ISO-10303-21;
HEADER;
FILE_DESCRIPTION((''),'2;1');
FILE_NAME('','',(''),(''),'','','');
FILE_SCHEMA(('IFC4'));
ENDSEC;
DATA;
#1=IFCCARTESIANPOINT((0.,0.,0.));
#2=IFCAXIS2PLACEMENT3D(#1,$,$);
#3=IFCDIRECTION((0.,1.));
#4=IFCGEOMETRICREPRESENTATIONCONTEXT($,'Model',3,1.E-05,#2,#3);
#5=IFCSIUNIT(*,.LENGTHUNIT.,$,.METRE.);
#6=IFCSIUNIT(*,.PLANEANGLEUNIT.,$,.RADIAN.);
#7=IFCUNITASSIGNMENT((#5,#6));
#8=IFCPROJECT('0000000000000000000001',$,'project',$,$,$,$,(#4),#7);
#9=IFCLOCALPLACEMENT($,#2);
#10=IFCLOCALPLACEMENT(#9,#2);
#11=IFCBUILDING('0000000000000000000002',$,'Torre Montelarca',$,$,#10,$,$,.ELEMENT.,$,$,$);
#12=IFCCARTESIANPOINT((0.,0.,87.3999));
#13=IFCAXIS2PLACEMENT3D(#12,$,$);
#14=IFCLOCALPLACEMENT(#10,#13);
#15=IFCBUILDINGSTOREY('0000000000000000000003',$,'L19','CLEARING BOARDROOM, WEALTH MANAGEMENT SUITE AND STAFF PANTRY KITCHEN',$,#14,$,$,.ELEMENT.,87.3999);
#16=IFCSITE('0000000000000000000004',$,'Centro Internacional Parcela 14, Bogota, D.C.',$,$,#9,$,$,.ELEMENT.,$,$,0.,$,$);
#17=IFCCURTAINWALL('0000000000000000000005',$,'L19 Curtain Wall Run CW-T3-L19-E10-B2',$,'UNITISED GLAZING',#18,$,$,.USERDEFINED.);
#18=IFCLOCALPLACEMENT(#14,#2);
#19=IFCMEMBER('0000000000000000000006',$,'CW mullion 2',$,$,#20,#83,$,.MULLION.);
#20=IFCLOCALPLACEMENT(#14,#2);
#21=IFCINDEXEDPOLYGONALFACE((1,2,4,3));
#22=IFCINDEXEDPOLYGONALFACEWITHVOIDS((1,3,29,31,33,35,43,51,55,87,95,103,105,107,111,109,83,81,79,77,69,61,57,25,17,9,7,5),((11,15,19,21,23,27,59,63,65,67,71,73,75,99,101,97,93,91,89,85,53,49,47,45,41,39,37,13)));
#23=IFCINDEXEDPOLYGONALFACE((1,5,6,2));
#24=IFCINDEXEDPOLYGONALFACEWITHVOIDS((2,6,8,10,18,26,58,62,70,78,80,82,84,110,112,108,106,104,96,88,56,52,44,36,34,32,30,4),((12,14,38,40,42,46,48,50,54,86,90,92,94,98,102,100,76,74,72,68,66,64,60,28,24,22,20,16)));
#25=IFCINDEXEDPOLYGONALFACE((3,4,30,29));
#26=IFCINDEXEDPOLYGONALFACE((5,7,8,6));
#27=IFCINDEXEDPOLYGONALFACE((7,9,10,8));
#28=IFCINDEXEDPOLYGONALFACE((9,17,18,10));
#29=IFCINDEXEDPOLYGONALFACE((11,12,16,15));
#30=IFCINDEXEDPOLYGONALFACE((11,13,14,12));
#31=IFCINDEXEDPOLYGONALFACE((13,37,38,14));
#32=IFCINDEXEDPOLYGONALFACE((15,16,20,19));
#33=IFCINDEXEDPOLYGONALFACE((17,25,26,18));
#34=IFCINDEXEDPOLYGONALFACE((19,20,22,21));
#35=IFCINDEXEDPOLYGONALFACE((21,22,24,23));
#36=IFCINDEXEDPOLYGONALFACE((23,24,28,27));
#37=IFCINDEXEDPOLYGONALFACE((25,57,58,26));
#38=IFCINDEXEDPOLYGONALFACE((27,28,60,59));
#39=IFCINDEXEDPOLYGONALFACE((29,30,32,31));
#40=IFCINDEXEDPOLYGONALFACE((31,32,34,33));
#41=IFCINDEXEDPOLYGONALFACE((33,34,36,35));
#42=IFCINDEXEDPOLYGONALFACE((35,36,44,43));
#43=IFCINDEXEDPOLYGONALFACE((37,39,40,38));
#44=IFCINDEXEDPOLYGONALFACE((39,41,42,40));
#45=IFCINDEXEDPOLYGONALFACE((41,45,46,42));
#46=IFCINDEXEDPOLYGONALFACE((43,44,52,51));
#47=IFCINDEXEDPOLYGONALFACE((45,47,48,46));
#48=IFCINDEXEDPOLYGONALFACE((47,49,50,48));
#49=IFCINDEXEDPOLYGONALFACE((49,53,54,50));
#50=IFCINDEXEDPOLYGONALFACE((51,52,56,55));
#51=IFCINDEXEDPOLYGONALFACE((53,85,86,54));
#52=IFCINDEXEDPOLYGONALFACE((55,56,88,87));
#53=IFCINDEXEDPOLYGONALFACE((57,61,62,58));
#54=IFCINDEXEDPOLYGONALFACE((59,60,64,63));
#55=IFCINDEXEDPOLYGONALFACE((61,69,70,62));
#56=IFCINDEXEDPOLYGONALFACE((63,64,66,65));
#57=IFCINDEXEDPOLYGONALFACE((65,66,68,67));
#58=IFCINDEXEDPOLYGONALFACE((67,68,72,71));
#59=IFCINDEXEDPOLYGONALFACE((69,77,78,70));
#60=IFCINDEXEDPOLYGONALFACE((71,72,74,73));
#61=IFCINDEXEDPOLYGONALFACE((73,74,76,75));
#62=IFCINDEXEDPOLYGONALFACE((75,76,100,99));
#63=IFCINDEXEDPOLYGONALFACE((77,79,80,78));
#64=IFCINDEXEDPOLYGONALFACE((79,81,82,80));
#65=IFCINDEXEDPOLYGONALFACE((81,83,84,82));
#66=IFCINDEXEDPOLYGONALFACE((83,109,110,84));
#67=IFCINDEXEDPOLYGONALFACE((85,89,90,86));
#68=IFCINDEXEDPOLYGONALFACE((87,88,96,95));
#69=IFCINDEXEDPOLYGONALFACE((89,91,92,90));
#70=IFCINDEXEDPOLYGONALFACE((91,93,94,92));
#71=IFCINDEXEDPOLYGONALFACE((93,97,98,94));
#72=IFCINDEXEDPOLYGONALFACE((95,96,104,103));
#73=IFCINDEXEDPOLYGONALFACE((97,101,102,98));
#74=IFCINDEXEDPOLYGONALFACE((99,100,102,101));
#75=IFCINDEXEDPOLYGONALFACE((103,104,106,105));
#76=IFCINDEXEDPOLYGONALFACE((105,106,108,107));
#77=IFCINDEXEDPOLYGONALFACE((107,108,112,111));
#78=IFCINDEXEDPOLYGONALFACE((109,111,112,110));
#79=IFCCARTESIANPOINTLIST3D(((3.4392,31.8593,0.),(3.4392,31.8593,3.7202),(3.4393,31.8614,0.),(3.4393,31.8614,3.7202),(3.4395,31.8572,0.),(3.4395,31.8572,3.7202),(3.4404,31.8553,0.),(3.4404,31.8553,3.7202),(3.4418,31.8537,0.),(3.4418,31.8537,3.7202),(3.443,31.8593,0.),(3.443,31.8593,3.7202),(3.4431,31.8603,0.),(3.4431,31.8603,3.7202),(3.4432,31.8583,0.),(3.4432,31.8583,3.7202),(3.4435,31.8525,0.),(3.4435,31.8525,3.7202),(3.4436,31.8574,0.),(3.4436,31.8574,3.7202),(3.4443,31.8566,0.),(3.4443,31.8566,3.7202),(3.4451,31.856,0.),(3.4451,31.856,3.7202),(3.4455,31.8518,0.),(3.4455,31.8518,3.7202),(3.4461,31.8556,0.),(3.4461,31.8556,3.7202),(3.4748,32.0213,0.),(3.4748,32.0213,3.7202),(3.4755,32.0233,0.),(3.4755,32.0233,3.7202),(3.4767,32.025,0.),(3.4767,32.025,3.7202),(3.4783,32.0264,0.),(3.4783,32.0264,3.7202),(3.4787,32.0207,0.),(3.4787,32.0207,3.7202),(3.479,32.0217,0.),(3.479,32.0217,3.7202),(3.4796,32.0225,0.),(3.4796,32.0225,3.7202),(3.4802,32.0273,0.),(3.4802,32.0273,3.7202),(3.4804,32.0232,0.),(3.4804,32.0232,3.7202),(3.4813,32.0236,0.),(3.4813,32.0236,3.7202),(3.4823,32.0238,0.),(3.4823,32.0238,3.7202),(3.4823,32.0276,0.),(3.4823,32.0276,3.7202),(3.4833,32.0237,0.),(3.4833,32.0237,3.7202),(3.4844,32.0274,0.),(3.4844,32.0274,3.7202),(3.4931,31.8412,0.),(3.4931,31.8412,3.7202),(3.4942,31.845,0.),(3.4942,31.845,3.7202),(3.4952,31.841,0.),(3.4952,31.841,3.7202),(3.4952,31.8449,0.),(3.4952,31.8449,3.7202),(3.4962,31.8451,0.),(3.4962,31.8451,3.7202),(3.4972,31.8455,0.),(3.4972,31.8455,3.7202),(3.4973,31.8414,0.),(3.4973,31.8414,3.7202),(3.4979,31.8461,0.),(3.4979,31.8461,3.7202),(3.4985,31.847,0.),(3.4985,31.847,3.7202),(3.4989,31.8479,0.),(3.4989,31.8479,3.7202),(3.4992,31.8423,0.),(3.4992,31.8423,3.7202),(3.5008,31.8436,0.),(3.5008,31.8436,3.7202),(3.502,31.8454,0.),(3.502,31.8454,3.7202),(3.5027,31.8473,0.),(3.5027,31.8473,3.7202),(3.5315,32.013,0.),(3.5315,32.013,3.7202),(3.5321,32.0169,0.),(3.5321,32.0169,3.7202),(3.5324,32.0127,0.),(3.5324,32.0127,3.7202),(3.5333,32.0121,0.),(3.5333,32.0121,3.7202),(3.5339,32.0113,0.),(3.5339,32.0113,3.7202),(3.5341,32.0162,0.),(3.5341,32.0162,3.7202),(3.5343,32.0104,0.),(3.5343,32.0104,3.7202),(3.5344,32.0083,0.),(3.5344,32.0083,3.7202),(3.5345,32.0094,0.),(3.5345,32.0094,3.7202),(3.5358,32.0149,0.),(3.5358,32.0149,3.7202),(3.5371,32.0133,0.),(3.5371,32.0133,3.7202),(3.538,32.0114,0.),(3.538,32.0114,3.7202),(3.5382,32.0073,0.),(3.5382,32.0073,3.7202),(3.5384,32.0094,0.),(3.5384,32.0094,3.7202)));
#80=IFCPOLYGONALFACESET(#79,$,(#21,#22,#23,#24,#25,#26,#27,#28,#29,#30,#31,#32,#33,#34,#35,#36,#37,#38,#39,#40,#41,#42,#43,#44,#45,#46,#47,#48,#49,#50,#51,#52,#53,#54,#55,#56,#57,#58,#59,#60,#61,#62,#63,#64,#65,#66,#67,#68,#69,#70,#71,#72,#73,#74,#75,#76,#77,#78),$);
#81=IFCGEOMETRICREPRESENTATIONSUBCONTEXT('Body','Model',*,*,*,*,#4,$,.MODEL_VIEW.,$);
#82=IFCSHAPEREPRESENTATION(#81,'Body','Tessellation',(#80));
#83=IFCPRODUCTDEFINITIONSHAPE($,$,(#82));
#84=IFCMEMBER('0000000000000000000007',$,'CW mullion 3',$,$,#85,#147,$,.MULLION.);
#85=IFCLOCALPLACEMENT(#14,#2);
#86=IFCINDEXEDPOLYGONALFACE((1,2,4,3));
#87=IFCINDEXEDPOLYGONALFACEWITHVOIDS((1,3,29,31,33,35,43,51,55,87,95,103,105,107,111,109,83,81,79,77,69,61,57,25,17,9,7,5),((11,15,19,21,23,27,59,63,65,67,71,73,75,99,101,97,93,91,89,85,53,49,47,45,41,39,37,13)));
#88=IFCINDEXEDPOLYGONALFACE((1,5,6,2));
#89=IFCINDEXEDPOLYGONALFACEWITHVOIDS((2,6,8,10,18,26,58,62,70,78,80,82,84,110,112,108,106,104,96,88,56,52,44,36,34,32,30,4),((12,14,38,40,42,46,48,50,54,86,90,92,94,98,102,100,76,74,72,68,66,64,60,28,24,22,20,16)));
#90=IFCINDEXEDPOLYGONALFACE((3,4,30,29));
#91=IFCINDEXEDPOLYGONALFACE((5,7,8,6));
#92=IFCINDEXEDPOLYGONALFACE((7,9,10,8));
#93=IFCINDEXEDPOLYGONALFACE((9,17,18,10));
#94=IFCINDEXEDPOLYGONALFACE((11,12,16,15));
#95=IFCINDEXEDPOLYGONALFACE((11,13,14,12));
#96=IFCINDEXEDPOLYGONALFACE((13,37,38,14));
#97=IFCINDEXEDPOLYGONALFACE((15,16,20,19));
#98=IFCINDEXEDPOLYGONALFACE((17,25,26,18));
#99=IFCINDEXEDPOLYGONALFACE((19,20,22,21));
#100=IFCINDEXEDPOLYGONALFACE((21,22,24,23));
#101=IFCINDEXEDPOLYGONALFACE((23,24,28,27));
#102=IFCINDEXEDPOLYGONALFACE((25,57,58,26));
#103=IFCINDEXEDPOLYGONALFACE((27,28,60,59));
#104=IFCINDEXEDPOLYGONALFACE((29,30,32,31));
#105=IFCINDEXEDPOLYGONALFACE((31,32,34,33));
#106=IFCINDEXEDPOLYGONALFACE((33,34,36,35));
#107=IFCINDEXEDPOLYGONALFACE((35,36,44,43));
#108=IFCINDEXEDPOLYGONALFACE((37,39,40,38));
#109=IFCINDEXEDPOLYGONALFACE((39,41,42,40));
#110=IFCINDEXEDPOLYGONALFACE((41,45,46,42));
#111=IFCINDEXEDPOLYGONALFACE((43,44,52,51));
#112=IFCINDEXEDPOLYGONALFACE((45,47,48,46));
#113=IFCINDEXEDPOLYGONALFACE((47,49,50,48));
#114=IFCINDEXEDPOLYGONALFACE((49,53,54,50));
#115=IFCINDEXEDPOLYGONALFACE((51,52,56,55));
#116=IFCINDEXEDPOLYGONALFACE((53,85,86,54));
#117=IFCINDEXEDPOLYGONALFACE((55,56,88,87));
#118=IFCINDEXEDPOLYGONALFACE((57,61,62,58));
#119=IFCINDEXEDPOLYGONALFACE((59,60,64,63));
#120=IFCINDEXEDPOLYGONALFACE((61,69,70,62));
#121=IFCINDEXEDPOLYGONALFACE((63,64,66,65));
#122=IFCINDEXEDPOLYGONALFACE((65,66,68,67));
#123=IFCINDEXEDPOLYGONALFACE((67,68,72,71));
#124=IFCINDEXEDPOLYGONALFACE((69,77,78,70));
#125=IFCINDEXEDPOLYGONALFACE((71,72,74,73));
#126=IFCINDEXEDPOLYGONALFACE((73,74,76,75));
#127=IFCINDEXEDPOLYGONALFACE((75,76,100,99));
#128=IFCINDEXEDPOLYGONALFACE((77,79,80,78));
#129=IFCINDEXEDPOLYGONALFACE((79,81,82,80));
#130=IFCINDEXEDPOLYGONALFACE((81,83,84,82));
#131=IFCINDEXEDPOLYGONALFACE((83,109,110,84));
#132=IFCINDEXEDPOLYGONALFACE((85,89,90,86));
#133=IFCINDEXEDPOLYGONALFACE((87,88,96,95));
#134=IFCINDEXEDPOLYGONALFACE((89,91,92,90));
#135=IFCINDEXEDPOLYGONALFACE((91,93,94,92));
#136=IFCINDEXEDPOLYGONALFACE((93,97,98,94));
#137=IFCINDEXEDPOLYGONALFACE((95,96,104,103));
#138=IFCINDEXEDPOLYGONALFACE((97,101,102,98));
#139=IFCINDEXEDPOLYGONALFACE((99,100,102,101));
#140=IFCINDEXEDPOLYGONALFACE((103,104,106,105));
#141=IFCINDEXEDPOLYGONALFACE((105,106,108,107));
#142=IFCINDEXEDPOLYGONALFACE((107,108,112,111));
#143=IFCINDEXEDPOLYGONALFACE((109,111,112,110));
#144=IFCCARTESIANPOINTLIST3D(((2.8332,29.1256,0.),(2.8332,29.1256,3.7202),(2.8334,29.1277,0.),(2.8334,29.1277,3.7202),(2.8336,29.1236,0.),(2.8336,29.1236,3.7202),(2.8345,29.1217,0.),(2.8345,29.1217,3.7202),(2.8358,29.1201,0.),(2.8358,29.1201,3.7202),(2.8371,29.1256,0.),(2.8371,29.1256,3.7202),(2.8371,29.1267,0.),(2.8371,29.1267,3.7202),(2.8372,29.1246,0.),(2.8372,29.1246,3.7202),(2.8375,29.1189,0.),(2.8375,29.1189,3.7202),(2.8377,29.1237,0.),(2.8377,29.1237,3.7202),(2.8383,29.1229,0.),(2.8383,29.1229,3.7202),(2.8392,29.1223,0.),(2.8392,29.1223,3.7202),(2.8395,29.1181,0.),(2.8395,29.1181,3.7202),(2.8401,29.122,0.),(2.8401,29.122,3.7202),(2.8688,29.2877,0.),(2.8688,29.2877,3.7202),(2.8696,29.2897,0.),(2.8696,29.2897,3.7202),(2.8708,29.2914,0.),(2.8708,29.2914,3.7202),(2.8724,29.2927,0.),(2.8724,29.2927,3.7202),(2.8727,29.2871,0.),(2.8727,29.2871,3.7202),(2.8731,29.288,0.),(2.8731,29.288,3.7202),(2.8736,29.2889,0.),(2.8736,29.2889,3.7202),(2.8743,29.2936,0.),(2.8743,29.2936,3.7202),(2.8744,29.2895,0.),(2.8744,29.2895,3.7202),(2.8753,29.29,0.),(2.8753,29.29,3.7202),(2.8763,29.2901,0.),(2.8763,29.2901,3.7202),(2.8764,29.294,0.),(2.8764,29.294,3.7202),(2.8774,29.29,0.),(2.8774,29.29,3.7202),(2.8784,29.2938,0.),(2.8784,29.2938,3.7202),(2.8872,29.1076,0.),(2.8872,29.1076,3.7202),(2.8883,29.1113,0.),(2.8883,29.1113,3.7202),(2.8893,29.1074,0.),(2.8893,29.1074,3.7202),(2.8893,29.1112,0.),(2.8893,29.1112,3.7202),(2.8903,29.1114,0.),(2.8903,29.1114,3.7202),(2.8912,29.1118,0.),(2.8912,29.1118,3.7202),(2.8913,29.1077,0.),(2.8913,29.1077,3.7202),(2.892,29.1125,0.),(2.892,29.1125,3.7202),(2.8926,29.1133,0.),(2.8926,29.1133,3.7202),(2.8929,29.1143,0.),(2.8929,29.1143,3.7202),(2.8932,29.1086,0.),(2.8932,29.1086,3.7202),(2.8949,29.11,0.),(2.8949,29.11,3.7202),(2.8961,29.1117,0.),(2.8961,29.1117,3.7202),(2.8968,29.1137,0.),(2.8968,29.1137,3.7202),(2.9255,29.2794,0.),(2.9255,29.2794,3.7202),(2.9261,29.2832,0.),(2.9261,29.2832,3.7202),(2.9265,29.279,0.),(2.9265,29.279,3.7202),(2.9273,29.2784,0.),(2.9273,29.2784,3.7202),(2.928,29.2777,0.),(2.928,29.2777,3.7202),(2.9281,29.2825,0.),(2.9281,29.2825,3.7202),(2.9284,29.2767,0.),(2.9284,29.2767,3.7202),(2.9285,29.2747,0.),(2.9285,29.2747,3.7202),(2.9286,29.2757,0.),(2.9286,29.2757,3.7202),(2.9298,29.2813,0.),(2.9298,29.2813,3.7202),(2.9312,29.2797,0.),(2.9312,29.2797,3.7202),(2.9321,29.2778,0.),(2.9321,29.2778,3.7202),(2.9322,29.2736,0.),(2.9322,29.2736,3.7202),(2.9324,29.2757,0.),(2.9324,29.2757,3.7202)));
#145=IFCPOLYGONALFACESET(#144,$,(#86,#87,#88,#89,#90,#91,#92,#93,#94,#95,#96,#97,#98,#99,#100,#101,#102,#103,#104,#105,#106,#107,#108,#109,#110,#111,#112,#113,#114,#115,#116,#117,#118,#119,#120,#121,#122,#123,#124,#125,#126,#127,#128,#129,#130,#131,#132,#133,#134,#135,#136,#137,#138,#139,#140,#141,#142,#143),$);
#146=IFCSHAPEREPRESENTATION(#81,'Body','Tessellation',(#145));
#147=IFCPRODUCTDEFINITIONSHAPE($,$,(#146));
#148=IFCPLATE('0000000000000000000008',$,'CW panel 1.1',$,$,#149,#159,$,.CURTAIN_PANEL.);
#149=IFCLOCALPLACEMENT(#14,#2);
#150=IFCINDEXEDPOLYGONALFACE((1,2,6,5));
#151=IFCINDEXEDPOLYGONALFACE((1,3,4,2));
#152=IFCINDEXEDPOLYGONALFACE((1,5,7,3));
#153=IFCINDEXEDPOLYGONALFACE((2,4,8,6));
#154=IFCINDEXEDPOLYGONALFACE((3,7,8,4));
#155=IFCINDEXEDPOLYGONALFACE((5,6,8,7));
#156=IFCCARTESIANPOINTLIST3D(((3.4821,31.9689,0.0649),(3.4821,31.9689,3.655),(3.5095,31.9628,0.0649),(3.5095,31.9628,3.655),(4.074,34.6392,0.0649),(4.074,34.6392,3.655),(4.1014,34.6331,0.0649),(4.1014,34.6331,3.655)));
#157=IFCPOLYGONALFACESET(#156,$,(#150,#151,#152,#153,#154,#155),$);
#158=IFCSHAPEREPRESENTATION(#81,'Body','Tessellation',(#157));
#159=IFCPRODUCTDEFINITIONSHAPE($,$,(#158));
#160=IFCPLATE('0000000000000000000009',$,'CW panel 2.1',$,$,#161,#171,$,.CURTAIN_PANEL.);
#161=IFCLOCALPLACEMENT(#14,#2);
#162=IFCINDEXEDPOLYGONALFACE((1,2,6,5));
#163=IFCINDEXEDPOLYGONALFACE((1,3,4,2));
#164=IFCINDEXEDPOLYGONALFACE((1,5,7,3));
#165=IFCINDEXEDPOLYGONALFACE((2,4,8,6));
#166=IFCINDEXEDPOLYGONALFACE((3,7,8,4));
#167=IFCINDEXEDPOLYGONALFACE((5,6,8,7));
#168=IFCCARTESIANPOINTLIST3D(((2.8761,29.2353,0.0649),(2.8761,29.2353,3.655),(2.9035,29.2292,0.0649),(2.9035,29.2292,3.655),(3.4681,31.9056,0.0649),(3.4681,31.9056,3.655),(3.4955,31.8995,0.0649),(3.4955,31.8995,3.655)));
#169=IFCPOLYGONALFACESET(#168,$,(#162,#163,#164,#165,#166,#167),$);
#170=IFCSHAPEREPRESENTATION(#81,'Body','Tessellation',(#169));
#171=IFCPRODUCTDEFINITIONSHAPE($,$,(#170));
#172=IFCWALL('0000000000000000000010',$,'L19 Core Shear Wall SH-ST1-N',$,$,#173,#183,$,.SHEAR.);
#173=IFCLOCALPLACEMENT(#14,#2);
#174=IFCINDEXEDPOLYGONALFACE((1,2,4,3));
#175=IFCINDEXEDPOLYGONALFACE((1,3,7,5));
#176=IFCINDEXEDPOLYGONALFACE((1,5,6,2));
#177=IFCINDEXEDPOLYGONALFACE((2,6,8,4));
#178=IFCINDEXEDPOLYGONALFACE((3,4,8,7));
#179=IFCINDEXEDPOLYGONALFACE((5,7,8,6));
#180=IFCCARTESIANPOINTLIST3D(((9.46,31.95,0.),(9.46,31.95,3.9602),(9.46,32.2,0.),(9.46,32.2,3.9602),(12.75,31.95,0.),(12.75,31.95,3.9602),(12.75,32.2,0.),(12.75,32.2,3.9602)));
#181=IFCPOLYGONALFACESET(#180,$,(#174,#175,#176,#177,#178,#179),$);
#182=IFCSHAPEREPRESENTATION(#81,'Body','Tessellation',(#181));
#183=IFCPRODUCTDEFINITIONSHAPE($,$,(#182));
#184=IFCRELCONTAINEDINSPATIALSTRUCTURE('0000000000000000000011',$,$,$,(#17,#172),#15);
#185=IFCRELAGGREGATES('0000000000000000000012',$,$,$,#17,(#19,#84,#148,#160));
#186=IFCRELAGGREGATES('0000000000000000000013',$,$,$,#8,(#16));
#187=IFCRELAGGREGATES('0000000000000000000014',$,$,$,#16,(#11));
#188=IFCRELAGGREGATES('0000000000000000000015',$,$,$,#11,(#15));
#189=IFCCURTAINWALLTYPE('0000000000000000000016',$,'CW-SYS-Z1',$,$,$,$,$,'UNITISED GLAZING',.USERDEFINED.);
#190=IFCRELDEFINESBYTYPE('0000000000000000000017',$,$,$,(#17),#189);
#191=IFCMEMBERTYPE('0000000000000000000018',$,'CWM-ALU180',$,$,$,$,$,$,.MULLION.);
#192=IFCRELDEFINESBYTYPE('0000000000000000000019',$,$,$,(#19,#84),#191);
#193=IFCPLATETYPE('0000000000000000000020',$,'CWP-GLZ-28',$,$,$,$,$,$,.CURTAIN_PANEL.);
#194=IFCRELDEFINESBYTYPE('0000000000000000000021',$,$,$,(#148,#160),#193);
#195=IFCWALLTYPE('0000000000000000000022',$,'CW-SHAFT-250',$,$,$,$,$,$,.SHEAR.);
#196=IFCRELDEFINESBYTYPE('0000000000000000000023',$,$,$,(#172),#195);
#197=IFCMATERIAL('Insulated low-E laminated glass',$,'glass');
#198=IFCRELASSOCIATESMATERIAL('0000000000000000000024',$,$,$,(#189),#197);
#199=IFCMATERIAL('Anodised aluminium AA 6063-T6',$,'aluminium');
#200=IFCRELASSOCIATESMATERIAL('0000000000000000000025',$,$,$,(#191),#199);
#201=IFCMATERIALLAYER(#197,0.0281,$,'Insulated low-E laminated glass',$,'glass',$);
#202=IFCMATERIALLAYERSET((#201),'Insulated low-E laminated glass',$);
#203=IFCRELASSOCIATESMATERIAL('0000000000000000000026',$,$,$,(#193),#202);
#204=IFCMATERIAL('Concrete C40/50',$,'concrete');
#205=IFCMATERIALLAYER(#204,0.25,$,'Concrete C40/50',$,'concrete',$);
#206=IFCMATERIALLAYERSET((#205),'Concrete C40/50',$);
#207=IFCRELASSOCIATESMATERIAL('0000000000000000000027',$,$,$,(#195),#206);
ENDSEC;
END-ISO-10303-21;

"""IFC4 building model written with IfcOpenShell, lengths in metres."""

from ifc_helpers import new_model, si_unit, direction, frame, frame_2d, origin, origin_2d, place, context, subcontext, project, spatial, rectangle, hollow_rectangle, extrude, source, transform, mapped, material, layer, layer_set, material_profile, profile_set, type_object, element, aggregate, save


model = new_model("IFC4")

# Units and contexts
model_context = context("Model", 3, precision=1e-05, world=origin(), true_north=direction((0.0, 1.0)))
body_context = subcontext(model_context, "Body", "Model", "MODEL_VIEW")
ifc_project = project(units=[si_unit("LENGTHUNIT", "METRE"), si_unit("PLANEANGLEUNIT", "RADIAN")], contexts=[model_context])

# Site, building, storey
site_placement = place(None, origin())
site = spatial("IfcSite", under=ifc_project, at=site_placement, Name="Centro Internacional Parcela 14, Bogota, D.C.", CompositionType="ELEMENT", RefElevation=0.0)
building_placement = place(site_placement, origin())
building = spatial("IfcBuilding", under=site, at=building_placement, Name="Torre Montelarca", CompositionType="ELEMENT")
storey_placement = place(building_placement, frame((0.0, 0.0, 87.3999)))
storey = spatial("IfcBuildingStorey", under=building, at=storey_placement, Name="L19", Description="CLEARING BOARDROOM, WEALTH MANAGEMENT SUITE AND STAFF PANTRY KITCHEN", CompositionType="ELEMENT", Elevation=87.3999)

# Curtain wall, members, plates
ifc_material_1 = material(Name="Insulated low-E laminated glass", Category="glass")
curtain_wall_type = type_object("IfcCurtainWallType", Name="CW-SYS-Z1", ElementType="UNITISED GLAZING", PredefinedType="USERDEFINED", material=ifc_material_1)
curtain_wall_placement = place(storey_placement, origin())
curtain_wall = element("IfcCurtainWall", 1, at=curtain_wall_placement, inside=storey, type_object=curtain_wall_type, Name="L19 Curtain Wall Run CW-T3-L19-E10-B2", ObjectType="UNITISED GLAZING", PredefinedType="USERDEFINED")
ifc_material_2 = material(Name="Anodised aluminium AA 6063-T6", Category="aluminium")
ifc_material_profile_1 = material_profile(ifc_material_2, hollow_rectangle(XDim=0.0649, YDim=0.1799, WallThickness=0.0039, InnerFilletRadius=0.0039, OuterFilletRadius=0.0081, at=origin_2d()), Name="ALU65X180X4", Category="aluminium")
ifc_profile_set_1 = profile_set([ifc_material_profile_1], Name="Anodised aluminium AA 6063-T6")
member_type_1 = type_object("IfcMemberType", Name="CWM-ALU180", PredefinedType="MULLION", material=ifc_profile_set_1)
shared_shape_1 = source(origin(), body_context, "Body", "SweptSolid", [
    extrude(hollow_rectangle(XDim=0.0649, YDim=0.1799, WallThickness=0.0039, InnerFilletRadius=0.0039, OuterFilletRadius=0.0081, at=origin_2d()), origin(), (0.0, 0.0, 1.0), 3.7202),
])
member_1_placement = place(storey_placement, frame((3.4888, 31.9343, 0.0), z_axis=(0.0, 0.0, 1.0), x_axis=(0.976297, -0.216435, 0.0)))
member_1 = element("IfcMember", 2, at=member_1_placement, type_object=member_type_1, Name="CW mullion 2", PredefinedType="MULLION", context=body_context, shape_type="MappedRepresentation", body=[
    mapped(shared_shape_1, transform((0.0, 0.0, 0.0), scale=1.0)),
])
member_2_placement = place(storey_placement, frame((2.8828, 29.2007, 0.0), z_axis=(0.0, 0.0, 1.0), x_axis=(0.976297, -0.216435, 0.0)))
member_2 = element("IfcMember", 3, at=member_2_placement, type_object=member_type_1, Name="CW mullion 3", PredefinedType="MULLION", context=body_context, shape_type="MappedRepresentation", body=[
    mapped(shared_shape_1, transform((0.0, 0.0, 0.0), scale=1.0)),
])
ifc_layer_1 = layer(ifc_material_1, 0.0281, Name="Insulated low-E laminated glass", Category="glass")
ifc_layer_set_1 = layer_set([ifc_layer_1], Name="Insulated low-E laminated glass")
plate_type = type_object("IfcPlateType", Name="CWP-GLZ-28", PredefinedType="CURTAIN_PANEL", material=ifc_layer_set_1)
shared_shape_2 = source(origin(), body_context, "Body", "SweptSolid", [
    extrude(rectangle(XDim=2.7351, YDim=0.0281, at=origin_2d()), origin(), (0.0, 0.0, 1.0), 3.5901),
])
plate_1_placement = place(storey_placement, frame((3.7917, 33.301, 0.0649), z_axis=(0.0, 0.0, 1.0), x_axis=(-0.216435, -0.976297, 0.0)))
plate_1 = element("IfcPlate", 4, at=plate_1_placement, type_object=plate_type, Name="CW panel 1.1", PredefinedType="CURTAIN_PANEL", context=body_context, shape_type="MappedRepresentation", body=[
    mapped(shared_shape_2, transform((0.0, 0.0, 0.0), scale=1.0)),
])
plate_2_placement = place(storey_placement, frame((3.1858, 30.5674, 0.0649), z_axis=(0.0, 0.0, 1.0), x_axis=(-0.216435, -0.976297, 0.0)))
plate_2 = element("IfcPlate", 5, at=plate_2_placement, type_object=plate_type, Name="CW panel 2.1", PredefinedType="CURTAIN_PANEL", context=body_context, shape_type="MappedRepresentation", body=[
    mapped(shared_shape_2, transform((0.0, 0.0, 0.0), scale=1.0)),
])
aggregate(curtain_wall, [member_1, member_2, plate_1, plate_2])

# Wall
ifc_material_3 = material(Name="Concrete C40/50", Category="concrete")
ifc_layer_2 = layer(ifc_material_3, 0.25, Name="Concrete C40/50", Category="concrete")
ifc_layer_set_2 = layer_set([ifc_layer_2], Name="Concrete C40/50")
wall_type_1 = type_object("IfcWallType", Name="CW-SHAFT-250", PredefinedType="SHEAR", material=ifc_layer_set_2)
wall_1_placement = place(storey_placement, frame((9.46, 32.075, 0.0), z_axis=(0.0, 0.0, 1.0), x_axis=(1.0, 0.0, 0.0)))
element("IfcWall", 6, at=wall_1_placement, inside=storey, type_object=wall_type_1, Name="L19 Core Shear Wall SH-ST1-N", PredefinedType="SHEAR", context=body_context, shape_type="SweptSolid", body=[
    extrude(rectangle(XDim=3.29, YDim=0.25, at=frame_2d((1.645, 0.0))), origin(), (0.0, 0.0, 1.0), 3.9602),
])

save(model, "model.ifc")
